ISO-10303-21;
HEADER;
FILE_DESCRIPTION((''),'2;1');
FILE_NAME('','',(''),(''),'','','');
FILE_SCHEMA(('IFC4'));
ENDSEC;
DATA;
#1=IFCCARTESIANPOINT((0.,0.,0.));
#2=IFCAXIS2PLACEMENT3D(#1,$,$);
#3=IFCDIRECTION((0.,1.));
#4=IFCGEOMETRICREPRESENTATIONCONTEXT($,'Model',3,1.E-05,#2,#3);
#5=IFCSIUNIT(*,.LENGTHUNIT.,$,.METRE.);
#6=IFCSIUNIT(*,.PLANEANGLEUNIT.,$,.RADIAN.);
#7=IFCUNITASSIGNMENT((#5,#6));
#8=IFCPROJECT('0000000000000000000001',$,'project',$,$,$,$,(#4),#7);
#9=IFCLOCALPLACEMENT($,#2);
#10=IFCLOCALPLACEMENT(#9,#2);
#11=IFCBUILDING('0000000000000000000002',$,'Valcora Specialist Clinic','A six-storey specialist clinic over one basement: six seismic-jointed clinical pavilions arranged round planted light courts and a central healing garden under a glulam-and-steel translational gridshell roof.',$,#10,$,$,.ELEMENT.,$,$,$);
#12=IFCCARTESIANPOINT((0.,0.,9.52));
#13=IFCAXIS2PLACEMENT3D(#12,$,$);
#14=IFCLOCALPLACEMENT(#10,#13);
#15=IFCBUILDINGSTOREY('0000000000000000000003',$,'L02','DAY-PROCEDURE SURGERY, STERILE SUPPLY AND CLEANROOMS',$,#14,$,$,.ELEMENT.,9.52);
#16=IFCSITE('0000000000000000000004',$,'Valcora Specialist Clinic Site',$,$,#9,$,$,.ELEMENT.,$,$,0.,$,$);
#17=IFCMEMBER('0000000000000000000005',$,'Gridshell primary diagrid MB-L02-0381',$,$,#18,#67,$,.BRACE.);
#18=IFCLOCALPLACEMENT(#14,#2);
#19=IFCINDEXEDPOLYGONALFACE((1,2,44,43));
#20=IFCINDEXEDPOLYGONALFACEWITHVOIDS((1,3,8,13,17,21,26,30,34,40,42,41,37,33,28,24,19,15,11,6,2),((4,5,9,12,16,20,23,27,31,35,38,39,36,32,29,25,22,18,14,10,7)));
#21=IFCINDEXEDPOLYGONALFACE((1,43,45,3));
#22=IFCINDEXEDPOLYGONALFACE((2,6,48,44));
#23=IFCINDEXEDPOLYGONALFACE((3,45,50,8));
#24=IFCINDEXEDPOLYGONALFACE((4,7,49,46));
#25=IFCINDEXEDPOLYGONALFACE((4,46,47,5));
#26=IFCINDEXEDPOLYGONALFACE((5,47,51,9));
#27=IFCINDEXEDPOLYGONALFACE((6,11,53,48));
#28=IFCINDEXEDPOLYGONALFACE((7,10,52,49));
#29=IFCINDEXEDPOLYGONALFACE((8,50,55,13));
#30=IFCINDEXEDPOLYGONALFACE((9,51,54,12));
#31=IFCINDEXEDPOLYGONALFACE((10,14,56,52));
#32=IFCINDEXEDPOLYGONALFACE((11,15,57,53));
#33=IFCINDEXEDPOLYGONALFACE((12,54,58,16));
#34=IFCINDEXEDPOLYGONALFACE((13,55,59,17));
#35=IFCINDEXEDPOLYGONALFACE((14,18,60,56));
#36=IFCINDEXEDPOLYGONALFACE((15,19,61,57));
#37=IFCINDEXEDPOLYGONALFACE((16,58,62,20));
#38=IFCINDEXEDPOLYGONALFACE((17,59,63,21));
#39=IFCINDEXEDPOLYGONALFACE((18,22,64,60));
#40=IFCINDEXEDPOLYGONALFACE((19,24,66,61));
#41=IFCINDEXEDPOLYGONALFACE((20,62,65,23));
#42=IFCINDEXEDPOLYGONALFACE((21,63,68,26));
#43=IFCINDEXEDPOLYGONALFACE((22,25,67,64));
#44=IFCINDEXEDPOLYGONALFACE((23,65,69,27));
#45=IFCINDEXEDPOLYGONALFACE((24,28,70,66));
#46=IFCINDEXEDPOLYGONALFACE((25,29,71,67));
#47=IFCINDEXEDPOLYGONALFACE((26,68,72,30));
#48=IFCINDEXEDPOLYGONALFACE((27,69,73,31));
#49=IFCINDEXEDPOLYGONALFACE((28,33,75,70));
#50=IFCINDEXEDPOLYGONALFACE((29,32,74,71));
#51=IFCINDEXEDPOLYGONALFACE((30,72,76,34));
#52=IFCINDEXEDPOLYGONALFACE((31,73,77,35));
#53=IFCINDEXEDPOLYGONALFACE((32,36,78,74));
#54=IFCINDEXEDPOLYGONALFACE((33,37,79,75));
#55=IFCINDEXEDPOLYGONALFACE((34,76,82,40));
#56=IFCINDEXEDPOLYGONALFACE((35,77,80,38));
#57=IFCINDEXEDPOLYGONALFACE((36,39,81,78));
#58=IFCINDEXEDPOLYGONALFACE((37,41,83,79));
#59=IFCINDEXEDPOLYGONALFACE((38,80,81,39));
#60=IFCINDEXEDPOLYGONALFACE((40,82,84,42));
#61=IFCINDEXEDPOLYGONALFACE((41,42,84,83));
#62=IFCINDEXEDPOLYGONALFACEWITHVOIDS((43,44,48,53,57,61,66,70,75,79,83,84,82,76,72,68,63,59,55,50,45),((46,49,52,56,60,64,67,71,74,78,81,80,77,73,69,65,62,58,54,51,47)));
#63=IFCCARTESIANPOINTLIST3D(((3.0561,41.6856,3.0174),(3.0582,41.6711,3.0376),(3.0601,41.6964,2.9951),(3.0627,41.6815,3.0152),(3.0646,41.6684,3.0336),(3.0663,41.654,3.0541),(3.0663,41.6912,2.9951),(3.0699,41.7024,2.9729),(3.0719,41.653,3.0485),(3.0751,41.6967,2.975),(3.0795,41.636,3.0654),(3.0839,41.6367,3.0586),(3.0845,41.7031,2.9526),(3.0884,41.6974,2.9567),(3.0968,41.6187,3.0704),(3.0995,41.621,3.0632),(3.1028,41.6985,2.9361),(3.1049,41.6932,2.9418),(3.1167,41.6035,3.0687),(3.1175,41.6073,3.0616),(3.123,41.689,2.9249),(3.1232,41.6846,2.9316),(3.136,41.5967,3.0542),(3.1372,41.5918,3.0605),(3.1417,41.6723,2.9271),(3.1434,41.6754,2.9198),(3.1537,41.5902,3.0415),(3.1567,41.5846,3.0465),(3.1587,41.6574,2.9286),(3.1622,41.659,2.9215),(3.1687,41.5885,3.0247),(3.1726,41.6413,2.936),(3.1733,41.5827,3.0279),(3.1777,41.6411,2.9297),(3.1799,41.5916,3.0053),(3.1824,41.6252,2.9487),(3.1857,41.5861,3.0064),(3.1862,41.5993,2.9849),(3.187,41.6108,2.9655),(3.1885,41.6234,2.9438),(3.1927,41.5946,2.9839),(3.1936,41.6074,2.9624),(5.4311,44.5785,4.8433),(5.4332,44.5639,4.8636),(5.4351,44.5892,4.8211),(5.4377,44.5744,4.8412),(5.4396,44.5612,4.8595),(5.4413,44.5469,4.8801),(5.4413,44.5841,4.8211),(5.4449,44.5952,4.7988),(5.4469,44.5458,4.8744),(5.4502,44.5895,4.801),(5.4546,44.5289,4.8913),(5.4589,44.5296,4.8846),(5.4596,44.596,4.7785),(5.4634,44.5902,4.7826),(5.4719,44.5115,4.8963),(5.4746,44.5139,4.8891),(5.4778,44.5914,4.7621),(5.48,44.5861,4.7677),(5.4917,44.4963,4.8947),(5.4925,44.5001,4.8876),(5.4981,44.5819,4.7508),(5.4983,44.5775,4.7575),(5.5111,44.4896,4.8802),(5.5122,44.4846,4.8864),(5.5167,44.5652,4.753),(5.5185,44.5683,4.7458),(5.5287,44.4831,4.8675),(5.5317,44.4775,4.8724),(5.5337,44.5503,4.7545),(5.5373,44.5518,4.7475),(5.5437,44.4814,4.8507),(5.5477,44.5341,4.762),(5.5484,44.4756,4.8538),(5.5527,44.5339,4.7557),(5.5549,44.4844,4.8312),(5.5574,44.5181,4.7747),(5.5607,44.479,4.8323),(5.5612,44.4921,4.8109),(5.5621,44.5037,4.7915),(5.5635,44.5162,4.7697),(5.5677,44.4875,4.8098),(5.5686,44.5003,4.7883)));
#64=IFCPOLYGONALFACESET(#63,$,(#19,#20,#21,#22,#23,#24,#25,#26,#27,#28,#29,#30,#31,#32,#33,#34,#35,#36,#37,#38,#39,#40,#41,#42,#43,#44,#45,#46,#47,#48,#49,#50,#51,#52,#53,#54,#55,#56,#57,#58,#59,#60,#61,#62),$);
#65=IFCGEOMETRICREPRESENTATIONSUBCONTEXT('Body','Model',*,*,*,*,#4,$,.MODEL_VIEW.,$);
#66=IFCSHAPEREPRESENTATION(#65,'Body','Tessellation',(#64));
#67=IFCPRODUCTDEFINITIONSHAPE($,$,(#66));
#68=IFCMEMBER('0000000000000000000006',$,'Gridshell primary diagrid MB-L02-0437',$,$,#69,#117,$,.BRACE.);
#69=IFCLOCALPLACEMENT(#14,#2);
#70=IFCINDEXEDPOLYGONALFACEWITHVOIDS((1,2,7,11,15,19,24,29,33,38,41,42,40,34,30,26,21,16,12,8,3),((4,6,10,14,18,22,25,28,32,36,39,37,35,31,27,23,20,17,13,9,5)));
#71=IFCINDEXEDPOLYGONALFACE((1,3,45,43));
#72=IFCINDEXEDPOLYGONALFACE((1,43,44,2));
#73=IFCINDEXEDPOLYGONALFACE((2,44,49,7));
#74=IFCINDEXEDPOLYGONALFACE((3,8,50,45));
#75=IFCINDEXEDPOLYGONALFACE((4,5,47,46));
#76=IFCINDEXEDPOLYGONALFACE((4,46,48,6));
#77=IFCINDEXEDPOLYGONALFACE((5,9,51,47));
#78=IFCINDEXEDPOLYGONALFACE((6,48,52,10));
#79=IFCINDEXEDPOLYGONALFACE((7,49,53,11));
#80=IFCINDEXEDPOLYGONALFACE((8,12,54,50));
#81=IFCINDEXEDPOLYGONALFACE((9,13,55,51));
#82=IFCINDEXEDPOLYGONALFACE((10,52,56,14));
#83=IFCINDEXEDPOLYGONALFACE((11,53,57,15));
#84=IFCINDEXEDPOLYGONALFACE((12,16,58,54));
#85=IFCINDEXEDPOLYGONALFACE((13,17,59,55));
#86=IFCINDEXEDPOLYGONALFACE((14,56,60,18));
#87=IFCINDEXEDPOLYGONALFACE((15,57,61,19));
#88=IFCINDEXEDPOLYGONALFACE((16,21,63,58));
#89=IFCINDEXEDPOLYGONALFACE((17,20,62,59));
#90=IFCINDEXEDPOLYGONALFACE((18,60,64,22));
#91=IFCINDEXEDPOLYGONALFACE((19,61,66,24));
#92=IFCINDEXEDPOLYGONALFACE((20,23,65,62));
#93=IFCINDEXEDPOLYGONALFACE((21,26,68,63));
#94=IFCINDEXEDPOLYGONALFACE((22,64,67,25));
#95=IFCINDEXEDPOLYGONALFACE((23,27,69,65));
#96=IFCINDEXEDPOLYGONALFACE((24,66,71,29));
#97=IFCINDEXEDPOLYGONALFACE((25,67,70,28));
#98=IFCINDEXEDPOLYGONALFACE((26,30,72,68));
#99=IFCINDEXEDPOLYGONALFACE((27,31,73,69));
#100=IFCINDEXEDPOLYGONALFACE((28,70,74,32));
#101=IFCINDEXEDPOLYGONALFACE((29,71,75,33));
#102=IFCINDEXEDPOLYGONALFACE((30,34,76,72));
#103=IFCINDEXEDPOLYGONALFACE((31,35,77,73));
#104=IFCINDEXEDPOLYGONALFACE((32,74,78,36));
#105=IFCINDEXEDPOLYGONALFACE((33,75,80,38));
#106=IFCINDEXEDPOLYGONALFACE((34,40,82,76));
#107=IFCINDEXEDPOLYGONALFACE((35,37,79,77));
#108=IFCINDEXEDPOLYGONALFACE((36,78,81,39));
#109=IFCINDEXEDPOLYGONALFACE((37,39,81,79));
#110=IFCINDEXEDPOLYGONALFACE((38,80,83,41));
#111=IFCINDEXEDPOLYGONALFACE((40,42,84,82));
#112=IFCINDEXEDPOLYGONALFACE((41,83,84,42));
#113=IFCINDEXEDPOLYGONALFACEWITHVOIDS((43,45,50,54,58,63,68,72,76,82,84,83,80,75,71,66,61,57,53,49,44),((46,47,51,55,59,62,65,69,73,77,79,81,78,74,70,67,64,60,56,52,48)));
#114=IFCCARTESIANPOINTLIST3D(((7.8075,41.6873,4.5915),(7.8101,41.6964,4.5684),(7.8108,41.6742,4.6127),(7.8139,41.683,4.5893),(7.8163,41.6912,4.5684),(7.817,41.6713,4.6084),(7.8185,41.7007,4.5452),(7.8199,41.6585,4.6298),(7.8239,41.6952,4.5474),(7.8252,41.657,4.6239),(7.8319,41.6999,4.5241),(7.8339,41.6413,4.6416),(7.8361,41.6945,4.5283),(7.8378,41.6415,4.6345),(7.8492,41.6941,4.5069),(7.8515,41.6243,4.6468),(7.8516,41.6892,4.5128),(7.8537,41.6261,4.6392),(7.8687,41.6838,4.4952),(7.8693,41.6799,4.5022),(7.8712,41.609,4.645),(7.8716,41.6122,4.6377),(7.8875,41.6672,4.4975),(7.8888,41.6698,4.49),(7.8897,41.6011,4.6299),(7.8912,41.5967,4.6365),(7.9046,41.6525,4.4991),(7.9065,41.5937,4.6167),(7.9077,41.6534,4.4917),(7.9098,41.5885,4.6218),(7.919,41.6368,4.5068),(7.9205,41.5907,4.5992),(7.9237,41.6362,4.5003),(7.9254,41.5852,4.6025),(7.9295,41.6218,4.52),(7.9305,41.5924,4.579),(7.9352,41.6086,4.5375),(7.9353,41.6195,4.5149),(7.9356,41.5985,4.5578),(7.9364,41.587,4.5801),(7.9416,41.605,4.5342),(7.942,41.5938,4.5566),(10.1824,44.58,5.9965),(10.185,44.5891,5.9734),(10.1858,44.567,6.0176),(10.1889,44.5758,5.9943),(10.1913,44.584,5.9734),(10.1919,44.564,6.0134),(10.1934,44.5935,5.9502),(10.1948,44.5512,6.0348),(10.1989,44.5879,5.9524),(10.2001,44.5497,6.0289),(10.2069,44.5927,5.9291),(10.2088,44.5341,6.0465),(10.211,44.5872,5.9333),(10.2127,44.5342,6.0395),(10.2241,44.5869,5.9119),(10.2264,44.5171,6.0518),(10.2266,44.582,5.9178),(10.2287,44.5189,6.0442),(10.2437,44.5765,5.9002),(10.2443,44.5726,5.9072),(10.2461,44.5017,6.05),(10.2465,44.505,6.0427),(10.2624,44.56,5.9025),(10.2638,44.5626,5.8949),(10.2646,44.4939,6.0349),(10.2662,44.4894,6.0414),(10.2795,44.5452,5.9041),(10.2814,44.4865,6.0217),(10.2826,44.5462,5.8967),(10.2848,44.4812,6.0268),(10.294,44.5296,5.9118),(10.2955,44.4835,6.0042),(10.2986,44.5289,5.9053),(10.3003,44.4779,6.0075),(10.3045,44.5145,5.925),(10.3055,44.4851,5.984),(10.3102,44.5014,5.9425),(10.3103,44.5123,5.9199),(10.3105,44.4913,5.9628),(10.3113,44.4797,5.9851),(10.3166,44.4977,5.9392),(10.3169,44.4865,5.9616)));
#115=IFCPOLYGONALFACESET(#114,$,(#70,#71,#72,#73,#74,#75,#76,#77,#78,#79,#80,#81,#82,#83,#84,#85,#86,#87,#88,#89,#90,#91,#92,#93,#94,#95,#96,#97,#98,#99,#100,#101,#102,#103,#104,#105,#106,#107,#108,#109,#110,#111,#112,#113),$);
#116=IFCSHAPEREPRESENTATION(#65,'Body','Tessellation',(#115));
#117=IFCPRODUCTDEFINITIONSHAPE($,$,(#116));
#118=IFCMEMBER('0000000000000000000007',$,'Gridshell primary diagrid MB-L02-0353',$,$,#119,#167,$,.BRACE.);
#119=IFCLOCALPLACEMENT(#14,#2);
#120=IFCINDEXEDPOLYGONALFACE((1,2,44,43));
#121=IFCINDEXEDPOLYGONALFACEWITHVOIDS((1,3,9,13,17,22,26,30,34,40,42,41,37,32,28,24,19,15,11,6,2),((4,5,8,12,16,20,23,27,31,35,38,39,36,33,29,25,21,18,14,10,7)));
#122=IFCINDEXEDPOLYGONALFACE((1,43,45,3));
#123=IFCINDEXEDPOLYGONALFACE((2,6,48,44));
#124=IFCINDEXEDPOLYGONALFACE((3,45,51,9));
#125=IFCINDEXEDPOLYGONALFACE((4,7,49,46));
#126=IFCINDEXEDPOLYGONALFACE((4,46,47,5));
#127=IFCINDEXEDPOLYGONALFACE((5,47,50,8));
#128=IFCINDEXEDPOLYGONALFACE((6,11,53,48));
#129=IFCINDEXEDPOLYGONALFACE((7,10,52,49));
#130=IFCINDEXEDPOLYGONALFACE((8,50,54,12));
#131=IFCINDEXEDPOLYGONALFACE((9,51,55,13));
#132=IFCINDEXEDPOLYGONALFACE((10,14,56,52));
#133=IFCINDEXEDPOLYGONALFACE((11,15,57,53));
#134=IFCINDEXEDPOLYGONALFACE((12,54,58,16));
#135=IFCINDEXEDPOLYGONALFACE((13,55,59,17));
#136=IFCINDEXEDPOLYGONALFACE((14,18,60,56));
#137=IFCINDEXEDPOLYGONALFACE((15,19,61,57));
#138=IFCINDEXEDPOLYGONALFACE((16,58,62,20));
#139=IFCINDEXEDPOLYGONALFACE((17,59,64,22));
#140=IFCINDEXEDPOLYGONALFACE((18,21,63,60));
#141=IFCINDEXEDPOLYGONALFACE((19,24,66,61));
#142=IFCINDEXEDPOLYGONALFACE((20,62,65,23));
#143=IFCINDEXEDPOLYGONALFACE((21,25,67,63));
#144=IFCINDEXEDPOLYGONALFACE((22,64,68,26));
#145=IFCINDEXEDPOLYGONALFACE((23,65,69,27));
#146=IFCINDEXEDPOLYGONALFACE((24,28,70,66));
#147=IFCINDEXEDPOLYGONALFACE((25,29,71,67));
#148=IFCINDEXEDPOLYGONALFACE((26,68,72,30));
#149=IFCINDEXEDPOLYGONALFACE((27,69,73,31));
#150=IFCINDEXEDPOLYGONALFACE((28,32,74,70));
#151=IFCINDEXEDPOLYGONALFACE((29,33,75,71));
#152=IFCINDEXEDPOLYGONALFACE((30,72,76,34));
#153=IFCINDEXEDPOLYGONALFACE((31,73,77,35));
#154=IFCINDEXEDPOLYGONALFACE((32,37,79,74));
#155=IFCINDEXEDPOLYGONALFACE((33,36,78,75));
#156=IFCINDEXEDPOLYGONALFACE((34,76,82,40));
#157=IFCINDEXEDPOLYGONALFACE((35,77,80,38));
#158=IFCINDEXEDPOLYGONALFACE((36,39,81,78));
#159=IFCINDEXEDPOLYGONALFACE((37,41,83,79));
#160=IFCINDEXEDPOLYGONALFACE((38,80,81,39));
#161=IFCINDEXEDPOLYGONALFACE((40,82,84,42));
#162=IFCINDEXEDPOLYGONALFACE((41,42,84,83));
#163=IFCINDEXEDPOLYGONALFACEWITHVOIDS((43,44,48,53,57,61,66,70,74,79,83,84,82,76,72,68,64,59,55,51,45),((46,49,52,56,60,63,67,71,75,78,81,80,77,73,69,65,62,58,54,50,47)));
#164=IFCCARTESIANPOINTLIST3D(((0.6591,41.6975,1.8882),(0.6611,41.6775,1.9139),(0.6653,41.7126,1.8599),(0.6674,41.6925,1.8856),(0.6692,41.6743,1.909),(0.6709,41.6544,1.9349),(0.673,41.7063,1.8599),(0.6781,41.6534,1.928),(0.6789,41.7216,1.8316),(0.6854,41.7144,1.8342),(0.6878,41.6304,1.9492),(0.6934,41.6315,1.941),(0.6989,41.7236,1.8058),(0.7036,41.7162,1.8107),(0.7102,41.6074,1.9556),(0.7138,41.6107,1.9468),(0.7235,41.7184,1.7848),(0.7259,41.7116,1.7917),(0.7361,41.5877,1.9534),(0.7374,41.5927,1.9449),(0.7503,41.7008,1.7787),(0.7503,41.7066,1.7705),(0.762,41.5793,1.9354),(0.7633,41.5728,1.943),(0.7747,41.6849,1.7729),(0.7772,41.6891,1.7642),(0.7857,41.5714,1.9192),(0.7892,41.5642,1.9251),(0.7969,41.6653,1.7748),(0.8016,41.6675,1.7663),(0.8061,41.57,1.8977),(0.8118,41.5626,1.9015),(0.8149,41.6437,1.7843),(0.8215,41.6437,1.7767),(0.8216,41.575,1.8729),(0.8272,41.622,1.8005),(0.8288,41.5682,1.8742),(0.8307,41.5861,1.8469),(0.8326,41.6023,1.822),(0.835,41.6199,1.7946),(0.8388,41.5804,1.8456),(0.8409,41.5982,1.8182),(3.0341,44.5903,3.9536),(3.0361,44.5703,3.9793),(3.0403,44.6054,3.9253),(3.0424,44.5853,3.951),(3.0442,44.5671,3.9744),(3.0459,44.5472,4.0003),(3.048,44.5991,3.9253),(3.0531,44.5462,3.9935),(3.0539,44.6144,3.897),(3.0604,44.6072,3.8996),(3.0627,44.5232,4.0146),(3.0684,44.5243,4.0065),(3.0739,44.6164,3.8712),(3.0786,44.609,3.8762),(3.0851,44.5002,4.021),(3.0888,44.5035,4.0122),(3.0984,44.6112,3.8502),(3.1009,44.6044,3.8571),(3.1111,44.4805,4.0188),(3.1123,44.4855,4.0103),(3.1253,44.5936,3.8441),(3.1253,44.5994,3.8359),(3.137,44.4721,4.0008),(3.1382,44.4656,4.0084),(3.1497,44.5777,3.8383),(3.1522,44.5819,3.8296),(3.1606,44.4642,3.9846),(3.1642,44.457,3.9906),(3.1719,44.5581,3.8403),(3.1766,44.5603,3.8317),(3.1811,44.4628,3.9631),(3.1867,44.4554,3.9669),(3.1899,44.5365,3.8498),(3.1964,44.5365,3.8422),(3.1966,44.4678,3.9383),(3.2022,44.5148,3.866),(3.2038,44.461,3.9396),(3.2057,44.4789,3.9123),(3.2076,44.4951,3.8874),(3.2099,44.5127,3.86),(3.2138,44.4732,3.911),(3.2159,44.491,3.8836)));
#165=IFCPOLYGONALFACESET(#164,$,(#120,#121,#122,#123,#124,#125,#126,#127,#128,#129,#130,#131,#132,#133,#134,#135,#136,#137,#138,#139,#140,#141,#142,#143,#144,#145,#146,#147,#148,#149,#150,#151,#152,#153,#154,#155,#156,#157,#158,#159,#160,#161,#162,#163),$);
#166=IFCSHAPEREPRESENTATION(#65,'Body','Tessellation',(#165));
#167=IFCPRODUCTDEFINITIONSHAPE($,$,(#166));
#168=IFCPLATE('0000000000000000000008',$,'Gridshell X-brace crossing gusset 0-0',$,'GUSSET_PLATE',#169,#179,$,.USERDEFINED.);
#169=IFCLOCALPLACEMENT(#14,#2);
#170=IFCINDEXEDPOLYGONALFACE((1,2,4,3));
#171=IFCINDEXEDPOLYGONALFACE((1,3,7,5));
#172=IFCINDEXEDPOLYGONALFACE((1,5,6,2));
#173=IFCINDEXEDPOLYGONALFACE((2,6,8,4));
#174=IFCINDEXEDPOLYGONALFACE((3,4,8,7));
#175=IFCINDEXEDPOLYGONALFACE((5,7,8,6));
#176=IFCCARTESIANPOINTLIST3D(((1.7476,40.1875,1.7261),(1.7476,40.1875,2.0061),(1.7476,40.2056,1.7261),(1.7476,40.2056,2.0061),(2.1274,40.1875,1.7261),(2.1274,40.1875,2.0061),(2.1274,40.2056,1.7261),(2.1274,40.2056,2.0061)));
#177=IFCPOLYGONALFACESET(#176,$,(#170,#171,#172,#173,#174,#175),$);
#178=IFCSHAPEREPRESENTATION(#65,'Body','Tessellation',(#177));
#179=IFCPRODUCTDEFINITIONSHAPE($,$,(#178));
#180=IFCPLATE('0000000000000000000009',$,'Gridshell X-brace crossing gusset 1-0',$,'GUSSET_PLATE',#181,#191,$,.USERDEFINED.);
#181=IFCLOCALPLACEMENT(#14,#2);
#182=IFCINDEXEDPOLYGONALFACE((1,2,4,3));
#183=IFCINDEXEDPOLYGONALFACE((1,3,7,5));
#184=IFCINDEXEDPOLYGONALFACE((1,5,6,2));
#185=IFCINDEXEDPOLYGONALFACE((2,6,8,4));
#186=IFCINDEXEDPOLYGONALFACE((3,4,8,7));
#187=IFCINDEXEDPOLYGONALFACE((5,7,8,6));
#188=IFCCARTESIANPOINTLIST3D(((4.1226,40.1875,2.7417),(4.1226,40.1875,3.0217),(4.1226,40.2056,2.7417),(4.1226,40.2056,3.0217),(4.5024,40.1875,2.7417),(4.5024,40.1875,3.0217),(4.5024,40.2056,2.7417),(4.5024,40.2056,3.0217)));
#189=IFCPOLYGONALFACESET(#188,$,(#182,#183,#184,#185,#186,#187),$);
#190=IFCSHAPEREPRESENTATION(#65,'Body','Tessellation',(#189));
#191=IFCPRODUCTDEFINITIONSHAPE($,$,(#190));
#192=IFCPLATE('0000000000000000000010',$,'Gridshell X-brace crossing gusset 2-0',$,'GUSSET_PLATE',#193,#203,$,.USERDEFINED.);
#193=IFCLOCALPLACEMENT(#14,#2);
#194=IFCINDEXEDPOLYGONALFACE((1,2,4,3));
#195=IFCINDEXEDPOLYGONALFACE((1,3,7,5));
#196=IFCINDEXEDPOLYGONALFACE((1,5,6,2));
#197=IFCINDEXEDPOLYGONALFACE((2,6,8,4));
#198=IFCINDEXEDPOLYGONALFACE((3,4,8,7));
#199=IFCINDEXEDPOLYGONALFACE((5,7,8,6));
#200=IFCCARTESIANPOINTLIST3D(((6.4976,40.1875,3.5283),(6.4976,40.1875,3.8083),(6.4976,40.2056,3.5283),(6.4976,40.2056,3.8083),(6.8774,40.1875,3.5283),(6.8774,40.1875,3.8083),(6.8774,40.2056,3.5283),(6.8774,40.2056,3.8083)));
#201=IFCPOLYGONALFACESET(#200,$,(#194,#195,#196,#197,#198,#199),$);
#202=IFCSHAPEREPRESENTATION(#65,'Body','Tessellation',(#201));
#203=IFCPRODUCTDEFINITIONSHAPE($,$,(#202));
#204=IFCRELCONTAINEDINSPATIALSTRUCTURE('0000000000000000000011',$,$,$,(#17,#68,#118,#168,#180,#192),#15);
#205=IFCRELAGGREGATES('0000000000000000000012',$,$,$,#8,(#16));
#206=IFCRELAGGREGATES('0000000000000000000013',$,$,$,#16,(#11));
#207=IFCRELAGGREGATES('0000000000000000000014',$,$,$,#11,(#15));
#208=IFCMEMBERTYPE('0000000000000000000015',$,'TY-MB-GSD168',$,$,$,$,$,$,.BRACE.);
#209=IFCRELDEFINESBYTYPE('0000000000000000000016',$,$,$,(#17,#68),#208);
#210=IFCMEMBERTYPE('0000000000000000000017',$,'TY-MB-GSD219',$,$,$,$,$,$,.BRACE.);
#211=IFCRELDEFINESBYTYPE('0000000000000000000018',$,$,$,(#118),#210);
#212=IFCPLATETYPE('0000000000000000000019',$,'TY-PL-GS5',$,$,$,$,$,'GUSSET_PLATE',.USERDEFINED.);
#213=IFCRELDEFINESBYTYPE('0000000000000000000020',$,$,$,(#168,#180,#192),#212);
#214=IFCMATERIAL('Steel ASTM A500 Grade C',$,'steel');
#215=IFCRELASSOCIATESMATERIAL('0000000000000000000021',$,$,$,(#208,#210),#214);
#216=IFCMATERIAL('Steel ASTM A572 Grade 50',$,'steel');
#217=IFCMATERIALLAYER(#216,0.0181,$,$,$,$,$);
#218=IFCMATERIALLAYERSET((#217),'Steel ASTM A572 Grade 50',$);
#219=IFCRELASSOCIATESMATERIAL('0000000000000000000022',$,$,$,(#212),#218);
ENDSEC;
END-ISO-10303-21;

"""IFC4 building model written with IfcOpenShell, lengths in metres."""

from ifc_helpers import new_model, si_unit, direction, frame, origin, origin_2d, place, context, subcontext, project, spatial, rectangle, hollow_circle, extrude, material, layer, layer_set, material_profile, profile_set, type_object, element, save


model = new_model("IFC4")

# Units and contexts
model_context = context("Model", 3, precision=1e-05, world=origin(), true_north=direction((0.0, 1.0)))
body_context = subcontext(model_context, "Body", "Model", "MODEL_VIEW")
ifc_project = project(units=[si_unit("LENGTHUNIT", "METRE"), si_unit("PLANEANGLEUNIT", "RADIAN")], contexts=[model_context])

# Site, building, storey
site_placement = place(None, origin())
site = spatial("IfcSite", under=ifc_project, at=site_placement, Name="Valcora Specialist Clinic Site", CompositionType="ELEMENT", RefElevation=0.0)
building_placement = place(site_placement, origin())
building = spatial("IfcBuilding", under=site, at=building_placement, Name="Valcora Specialist Clinic", Description="A six-storey specialist clinic over one basement: six seismic-jointed clinical pavilions arranged round planted light courts and a central healing garden under a glulam-and-steel translational gridshell roof.", CompositionType="ELEMENT")
storey_placement = place(building_placement, frame((0.0, 0.0, 9.52)))
storey = spatial("IfcBuildingStorey", under=building, at=storey_placement, Name="L02", Description="DAY-PROCEDURE SURGERY, STERILE SUPPLY AND CLEANROOMS", CompositionType="ELEMENT", Elevation=9.52)

# Members
ifc_material_1 = material(Name="Steel ASTM A500 Grade C", Category="steel")
ifc_material_profile_1 = material_profile(ifc_material_1, hollow_circle(Radius=0.084, WallThickness=0.0081, at=origin_2d()), Name="ST-CHS-168X8")
ifc_profile_set_1 = profile_set([ifc_material_profile_1], Name="Steel ASTM A500 Grade C")
member_type_1 = type_object("IfcMemberType", Name="TY-MB-GSD168", PredefinedType="BRACE", material=ifc_profile_set_1)
member_1_placement = place(storey_placement, frame((3.125, 41.6431, 2.9951), z_axis=(0.570297, 0.694639, 0.438451), x_axis=(-0.77289, 0.63454, 0.0)))
element("IfcMember", 1, at=member_1_placement, inside=storey, type_object=member_type_1, Name="Gridshell primary diagrid MB-L02-0381", PredefinedType="BRACE", context=body_context, shape_type="SweptSolid", body=[
    extrude(hollow_circle(Radius=0.084, WallThickness=0.0081, at=origin_2d()), origin(), (0.0, 0.0, 1.0), 4.1646),
])
member_2_placement = place(storey_placement, frame((7.875, 41.6431, 4.5684), z_axis=(0.594063, 0.723587, 0.351442), x_axis=(-0.77289, 0.63454, 0.0)))
element("IfcMember", 2, at=member_2_placement, inside=storey, type_object=member_type_1, Name="Gridshell primary diagrid MB-L02-0437", PredefinedType="BRACE", context=body_context, shape_type="SweptSolid", body=[
    extrude(hollow_circle(Radius=0.084, WallThickness=0.0081, at=origin_2d()), origin(), (0.0, 0.0, 1.0), 3.9978),
])
ifc_material_profile_2 = material_profile(ifc_material_1, hollow_circle(Radius=0.1096, WallThickness=0.01, at=origin_2d()), Name="ST-CHS-219X10")
ifc_profile_set_2 = profile_set([ifc_material_profile_2], Name="Steel ASTM A500 Grade C")
member_type_2 = type_object("IfcMemberType", Name="TY-MB-GSD219", PredefinedType="BRACE", material=ifc_profile_set_2)
member_3_placement = place(storey_placement, frame((0.75, 41.6431, 1.8599), z_axis=(0.555564, 0.676694, 0.483149), x_axis=(-0.77289, 0.63454, 0.0)))
element("IfcMember", 3, at=member_3_placement, inside=storey, type_object=member_type_2, Name="Gridshell primary diagrid MB-L02-0353", PredefinedType="BRACE", context=body_context, shape_type="SweptSolid", body=[
    extrude(hollow_circle(Radius=0.1096, WallThickness=0.01, at=origin_2d()), origin(), (0.0, 0.0, 1.0), 4.2749),
])

# Plates
ifc_material_2 = material(Name="Steel ASTM A572 Grade 50", Category="steel")
ifc_layer = layer(ifc_material_2, 0.0181)
ifc_layer_set = layer_set([ifc_layer], Name="Steel ASTM A572 Grade 50")
plate_type = type_object("IfcPlateType", Name="TY-PL-GS5", ElementType="GUSSET_PLATE", PredefinedType="USERDEFINED", material=ifc_layer_set)
for number, where, z_axis, x_axis, name in (
    (4, (1.9375, 40.1965, 1.7261), (0.0, 0.0, 1.0), (1.0, 0.0, 0.0), "Gridshell X-brace crossing gusset 0-0"),
    (5, (4.3125, 40.1965, 2.7417), (0.0, 0.0, 1.0), (1.0, 0.0, 0.0), "Gridshell X-brace crossing gusset 1-0"),
    (6, (6.6875, 40.1965, 3.5283), (0.0, 0.0, 1.0), (1.0, 0.0, 0.0), "Gridshell X-brace crossing gusset 2-0"),
):
    element("IfcPlate", number, at=place(storey_placement, frame(where, z_axis=z_axis, x_axis=x_axis)), inside=storey, type_object=plate_type, Name=name, ObjectType="GUSSET_PLATE", PredefinedType="USERDEFINED", context=body_context, shape_type="SweptSolid", body=[
        extrude(rectangle(XDim=0.3799, YDim=0.0181, at=origin_2d()), origin(), (0.0, 0.0, 1.0), 0.28),
    ])

save(model, "model.ifc")
